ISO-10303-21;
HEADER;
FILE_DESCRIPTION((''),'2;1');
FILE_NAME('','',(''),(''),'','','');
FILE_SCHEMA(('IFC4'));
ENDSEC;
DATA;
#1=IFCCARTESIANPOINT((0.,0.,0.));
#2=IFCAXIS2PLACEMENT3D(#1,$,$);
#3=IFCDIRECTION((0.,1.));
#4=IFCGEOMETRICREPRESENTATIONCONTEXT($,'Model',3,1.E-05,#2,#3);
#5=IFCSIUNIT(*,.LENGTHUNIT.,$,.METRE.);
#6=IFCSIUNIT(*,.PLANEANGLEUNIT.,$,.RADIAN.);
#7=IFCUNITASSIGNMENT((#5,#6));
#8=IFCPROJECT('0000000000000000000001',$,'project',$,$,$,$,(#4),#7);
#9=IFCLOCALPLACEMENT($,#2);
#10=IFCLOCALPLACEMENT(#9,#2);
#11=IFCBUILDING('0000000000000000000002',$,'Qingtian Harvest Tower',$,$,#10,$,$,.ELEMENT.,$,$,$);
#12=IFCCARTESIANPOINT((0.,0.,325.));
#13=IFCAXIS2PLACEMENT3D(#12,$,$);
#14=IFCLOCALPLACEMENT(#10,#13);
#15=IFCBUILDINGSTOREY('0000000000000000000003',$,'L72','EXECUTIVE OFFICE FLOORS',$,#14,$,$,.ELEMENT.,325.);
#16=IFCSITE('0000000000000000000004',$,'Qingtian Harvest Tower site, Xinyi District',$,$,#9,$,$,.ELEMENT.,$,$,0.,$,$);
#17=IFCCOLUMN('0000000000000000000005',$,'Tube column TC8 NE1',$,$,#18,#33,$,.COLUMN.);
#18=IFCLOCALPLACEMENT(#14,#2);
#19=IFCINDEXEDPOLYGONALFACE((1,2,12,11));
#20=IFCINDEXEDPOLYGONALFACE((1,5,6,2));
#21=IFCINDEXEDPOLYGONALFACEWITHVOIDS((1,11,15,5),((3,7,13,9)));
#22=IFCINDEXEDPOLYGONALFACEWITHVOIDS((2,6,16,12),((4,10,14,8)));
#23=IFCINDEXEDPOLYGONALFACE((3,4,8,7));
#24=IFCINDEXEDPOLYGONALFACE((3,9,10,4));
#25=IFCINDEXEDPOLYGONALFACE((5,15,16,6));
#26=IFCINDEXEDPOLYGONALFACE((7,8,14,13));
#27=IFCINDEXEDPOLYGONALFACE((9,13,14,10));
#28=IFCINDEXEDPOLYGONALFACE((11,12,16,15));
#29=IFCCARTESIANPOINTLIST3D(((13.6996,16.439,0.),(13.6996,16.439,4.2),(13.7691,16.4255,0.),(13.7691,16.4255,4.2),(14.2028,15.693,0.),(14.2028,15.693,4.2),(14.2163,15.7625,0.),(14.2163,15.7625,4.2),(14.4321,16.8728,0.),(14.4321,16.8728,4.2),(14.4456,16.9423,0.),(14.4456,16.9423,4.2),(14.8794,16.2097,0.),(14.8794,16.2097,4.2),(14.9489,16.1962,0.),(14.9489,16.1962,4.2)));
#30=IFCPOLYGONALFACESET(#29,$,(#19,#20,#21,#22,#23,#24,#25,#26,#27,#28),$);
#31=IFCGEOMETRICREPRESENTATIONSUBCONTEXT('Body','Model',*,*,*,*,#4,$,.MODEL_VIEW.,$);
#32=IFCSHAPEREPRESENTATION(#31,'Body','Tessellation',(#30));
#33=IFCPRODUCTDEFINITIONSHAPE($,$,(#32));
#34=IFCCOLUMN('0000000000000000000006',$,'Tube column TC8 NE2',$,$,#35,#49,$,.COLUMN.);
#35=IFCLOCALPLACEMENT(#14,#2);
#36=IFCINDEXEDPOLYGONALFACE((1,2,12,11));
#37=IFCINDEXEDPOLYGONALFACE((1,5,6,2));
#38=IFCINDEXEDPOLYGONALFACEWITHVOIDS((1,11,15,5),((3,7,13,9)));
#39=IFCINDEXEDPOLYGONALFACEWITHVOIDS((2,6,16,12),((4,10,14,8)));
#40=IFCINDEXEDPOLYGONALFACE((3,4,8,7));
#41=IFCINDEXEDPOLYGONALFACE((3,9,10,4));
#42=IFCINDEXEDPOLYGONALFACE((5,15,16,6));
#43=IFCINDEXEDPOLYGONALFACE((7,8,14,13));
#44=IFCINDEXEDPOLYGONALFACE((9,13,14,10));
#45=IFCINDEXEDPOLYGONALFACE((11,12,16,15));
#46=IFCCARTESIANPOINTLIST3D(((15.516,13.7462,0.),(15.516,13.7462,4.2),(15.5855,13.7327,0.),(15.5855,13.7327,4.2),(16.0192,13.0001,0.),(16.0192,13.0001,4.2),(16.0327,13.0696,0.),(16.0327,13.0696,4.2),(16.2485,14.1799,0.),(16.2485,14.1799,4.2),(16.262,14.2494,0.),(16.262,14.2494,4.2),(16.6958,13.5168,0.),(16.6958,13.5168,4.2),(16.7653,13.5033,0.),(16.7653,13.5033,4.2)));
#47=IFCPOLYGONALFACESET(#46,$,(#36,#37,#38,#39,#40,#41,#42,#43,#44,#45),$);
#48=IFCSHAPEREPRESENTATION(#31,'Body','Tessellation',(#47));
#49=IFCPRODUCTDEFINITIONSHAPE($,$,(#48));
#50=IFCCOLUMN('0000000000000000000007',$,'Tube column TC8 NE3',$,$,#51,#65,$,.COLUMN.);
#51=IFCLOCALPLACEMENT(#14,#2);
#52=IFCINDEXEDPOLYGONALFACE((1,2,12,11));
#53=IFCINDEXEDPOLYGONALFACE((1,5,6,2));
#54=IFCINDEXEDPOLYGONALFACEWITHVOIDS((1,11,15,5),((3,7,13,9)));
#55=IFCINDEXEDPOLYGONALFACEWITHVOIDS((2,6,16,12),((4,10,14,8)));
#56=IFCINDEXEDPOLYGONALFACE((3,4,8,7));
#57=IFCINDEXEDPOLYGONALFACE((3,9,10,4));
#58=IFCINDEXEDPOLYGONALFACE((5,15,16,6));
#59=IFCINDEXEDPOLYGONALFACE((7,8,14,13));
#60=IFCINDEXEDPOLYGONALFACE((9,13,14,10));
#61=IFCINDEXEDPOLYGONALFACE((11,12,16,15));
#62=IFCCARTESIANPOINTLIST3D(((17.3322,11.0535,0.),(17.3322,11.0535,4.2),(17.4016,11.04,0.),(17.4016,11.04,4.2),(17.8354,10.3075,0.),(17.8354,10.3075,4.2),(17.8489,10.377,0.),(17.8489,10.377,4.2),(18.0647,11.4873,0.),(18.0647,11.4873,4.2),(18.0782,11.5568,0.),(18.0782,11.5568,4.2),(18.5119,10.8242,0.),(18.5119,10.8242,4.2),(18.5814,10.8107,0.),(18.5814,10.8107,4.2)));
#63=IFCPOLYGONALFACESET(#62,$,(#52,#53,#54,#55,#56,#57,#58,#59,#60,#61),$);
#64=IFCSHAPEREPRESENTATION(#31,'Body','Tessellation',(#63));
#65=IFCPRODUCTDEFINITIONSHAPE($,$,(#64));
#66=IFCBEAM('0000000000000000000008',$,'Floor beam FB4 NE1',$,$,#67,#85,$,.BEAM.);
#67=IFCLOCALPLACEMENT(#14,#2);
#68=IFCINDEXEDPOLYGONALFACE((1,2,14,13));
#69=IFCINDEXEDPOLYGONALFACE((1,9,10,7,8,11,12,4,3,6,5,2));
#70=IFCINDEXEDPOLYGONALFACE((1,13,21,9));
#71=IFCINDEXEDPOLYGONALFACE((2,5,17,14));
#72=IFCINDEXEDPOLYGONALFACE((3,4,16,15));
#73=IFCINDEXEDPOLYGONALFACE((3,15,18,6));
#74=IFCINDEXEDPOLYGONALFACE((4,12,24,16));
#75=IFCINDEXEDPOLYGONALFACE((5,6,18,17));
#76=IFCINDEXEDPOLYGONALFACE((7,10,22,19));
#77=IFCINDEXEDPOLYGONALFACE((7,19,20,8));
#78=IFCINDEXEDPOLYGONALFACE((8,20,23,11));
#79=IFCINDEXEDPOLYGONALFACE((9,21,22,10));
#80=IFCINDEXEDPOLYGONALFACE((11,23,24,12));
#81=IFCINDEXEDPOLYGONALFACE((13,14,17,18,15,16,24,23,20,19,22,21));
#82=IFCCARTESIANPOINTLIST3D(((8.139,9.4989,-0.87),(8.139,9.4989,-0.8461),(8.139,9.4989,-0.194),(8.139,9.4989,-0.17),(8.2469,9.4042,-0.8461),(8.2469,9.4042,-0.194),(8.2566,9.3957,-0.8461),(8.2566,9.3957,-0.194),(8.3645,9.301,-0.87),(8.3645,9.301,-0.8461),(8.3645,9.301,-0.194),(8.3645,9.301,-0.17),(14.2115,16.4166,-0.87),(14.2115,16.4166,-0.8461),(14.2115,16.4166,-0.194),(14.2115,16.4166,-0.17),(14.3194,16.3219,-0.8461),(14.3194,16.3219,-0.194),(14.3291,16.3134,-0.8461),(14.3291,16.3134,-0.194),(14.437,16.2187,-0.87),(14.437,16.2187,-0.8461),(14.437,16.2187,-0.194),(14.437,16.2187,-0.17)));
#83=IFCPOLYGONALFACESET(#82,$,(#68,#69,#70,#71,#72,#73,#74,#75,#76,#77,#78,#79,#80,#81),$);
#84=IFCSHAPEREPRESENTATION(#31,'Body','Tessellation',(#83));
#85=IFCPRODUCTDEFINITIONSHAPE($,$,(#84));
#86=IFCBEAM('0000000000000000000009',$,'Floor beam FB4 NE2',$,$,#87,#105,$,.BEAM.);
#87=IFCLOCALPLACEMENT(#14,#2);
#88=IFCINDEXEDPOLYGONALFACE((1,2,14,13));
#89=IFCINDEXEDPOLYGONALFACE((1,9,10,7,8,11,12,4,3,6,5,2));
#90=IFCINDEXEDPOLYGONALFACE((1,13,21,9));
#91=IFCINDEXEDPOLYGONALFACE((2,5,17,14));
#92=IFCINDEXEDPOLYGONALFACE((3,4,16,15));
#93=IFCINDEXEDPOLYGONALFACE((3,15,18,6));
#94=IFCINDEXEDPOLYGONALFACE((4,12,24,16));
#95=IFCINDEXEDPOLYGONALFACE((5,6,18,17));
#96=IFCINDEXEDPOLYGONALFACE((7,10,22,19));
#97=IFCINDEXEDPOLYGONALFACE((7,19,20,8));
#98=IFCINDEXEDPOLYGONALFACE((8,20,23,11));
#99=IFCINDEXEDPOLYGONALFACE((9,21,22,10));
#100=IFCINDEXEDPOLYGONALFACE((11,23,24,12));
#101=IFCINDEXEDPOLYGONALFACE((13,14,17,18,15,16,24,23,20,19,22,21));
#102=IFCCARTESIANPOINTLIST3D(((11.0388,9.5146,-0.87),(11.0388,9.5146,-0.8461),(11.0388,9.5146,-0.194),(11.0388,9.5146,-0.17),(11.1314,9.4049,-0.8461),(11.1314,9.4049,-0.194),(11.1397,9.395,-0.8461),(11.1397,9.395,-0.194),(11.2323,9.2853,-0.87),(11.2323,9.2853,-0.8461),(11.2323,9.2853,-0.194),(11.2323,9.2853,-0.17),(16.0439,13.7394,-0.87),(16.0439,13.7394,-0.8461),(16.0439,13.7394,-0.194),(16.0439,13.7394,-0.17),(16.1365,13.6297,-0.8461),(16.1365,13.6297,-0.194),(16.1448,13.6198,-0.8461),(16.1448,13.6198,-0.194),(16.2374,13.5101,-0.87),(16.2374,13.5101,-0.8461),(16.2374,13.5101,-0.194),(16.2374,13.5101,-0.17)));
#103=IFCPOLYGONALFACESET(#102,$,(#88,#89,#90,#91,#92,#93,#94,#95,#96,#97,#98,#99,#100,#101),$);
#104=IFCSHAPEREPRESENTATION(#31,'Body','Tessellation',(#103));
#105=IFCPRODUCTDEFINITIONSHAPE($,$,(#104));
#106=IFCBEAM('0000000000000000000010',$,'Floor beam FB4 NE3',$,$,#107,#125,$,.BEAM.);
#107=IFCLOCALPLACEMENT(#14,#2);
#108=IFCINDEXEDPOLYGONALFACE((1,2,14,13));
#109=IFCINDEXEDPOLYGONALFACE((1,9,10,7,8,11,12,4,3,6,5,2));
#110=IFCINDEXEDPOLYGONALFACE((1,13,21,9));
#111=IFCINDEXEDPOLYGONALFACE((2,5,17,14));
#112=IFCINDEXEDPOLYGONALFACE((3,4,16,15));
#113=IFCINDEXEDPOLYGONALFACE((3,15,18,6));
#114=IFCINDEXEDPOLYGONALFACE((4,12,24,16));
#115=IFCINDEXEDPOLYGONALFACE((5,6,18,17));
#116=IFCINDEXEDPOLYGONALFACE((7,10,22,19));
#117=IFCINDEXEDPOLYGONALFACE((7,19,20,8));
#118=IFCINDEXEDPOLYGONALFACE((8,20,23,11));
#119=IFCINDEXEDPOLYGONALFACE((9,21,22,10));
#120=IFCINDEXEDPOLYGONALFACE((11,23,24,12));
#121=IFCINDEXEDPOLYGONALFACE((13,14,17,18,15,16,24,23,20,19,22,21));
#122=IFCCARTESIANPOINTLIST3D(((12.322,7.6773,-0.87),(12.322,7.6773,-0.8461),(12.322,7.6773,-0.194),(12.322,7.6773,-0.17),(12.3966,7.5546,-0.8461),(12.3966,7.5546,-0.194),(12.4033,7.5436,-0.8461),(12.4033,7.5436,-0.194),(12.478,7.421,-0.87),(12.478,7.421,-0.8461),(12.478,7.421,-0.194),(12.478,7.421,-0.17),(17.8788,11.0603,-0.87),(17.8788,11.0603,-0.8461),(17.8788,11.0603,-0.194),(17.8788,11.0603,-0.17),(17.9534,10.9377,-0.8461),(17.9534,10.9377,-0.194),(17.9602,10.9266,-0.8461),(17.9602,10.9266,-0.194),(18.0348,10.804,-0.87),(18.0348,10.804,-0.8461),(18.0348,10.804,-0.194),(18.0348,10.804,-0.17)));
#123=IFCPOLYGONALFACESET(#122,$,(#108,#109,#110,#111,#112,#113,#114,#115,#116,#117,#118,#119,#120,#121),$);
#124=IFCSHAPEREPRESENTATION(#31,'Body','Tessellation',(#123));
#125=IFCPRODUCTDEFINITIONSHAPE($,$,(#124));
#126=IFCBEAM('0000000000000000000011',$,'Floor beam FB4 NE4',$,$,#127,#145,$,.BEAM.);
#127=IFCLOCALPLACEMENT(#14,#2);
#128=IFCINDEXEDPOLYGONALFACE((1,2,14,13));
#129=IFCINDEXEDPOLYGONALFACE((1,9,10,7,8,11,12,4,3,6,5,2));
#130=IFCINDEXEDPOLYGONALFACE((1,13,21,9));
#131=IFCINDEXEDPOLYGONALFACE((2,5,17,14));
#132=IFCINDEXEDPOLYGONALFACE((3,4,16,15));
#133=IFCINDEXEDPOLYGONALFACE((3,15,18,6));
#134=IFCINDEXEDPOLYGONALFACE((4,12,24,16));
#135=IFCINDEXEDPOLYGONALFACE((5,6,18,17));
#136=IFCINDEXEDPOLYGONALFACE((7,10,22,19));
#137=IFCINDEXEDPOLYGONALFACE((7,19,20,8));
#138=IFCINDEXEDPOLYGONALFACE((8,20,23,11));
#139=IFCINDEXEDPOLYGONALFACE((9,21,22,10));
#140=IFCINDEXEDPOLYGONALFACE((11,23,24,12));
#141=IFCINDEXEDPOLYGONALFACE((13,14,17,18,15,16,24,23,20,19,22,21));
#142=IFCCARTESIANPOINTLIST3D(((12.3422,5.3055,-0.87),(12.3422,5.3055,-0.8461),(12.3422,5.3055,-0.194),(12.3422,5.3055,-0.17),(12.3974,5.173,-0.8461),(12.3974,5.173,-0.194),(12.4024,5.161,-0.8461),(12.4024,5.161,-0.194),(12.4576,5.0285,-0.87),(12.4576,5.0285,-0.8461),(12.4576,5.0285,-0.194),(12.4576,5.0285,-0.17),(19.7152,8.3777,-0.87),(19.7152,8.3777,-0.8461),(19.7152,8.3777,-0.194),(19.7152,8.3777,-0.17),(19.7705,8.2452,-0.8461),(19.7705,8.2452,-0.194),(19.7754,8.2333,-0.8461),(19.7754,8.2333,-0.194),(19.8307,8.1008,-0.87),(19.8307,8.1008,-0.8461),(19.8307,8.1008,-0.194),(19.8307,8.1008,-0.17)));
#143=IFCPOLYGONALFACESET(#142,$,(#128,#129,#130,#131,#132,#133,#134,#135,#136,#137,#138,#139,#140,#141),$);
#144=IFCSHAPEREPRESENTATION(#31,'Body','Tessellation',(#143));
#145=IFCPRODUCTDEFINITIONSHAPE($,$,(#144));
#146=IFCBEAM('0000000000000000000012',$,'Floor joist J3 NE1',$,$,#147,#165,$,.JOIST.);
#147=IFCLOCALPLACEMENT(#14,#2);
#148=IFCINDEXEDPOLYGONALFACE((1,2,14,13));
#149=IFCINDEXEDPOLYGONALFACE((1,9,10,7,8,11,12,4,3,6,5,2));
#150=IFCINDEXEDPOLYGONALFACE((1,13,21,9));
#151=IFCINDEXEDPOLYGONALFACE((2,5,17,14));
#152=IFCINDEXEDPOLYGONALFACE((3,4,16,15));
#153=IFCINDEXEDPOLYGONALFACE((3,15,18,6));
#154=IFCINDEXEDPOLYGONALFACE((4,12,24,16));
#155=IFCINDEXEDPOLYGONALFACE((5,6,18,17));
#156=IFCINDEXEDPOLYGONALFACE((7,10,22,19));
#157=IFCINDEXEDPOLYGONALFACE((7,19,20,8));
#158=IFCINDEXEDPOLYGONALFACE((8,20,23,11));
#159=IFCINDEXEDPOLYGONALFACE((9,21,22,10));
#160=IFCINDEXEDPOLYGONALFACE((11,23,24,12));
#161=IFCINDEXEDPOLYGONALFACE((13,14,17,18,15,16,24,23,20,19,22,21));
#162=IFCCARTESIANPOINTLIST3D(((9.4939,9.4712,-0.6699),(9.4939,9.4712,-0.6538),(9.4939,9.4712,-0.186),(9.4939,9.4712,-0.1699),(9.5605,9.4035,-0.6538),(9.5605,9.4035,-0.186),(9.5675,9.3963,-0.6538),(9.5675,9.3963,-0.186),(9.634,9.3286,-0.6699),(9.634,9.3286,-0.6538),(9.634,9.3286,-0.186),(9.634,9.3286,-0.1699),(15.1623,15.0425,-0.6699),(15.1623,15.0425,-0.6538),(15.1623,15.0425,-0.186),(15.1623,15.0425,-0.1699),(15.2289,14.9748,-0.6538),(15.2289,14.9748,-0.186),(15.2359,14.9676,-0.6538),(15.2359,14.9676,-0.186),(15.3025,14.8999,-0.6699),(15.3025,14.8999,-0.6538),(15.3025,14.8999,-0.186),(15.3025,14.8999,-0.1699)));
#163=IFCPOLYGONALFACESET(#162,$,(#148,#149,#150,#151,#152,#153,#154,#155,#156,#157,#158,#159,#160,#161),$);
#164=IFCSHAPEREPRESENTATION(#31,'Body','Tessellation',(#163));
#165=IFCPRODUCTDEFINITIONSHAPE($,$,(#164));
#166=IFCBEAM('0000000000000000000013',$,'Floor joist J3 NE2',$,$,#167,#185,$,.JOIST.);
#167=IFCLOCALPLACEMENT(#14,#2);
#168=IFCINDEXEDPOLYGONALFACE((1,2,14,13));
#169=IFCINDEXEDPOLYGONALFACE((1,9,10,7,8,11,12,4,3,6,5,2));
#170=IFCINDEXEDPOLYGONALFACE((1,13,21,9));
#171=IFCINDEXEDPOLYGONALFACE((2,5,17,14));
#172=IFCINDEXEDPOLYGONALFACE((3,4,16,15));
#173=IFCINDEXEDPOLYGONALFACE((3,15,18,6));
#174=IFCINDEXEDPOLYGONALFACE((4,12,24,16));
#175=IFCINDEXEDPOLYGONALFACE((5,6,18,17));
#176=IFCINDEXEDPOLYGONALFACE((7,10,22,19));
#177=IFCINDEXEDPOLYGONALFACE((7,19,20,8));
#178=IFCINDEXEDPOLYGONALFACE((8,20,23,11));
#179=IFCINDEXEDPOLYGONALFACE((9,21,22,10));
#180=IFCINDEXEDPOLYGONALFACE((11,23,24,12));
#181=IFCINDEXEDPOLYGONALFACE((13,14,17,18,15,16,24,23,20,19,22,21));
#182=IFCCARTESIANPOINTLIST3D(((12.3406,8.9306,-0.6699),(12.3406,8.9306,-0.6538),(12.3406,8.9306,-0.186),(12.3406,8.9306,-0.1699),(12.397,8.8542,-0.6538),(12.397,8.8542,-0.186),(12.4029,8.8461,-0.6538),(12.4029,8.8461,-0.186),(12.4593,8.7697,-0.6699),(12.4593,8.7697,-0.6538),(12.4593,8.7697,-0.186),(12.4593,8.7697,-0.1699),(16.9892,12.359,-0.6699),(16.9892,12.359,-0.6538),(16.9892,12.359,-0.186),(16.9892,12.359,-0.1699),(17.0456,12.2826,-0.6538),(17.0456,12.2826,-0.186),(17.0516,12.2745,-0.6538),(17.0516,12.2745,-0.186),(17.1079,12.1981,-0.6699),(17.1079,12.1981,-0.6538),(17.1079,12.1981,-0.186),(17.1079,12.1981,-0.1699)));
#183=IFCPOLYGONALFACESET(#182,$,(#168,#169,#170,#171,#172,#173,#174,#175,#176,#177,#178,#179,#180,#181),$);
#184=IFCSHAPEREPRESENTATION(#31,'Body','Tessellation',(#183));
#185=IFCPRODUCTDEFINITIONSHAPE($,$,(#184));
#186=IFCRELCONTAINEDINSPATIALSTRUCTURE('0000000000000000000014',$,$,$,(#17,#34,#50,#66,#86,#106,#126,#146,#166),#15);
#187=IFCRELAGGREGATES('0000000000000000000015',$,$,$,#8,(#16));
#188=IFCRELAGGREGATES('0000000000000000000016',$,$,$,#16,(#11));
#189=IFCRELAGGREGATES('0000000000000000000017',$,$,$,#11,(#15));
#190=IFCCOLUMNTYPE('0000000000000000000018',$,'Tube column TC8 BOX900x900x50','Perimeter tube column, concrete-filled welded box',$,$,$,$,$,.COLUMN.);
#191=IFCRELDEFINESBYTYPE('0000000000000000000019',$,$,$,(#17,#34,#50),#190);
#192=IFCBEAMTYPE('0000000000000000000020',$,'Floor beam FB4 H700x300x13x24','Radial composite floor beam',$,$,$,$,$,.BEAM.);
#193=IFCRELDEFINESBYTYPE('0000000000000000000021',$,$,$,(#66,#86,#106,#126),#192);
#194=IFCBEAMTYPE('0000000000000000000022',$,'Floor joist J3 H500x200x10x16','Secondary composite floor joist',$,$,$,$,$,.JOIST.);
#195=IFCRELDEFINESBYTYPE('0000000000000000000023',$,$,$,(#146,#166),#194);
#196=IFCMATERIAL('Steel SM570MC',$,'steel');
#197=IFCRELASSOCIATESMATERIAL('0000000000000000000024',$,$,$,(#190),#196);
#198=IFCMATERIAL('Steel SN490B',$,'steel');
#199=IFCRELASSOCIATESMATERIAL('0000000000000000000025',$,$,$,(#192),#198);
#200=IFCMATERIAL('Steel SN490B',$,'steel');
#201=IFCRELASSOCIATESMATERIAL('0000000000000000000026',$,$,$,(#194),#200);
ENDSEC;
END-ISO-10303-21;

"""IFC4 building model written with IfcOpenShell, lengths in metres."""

from ifc_helpers import new_model, si_unit, direction, frame, origin, origin_2d, place, context, subcontext, project, spatial, hollow_rectangle, i_section, extrude, material, material_profile, profile_set, type_object, element, save


model = new_model("IFC4")

# Units and contexts
model_context = context("Model", 3, precision=1e-05, world=origin(), true_north=direction((0.0, 1.0)))
body_context = subcontext(model_context, "Body", "Model", "MODEL_VIEW")
ifc_project = project(units=[si_unit("LENGTHUNIT", "METRE"), si_unit("PLANEANGLEUNIT", "RADIAN")], contexts=[model_context])

# Site, building, storey
site_placement = place(None, origin())
site = spatial("IfcSite", under=ifc_project, at=site_placement, Name="Qingtian Harvest Tower site, Xinyi District", CompositionType="ELEMENT", RefElevation=0.0)
building_placement = place(site_placement, origin())
building = spatial("IfcBuilding", under=site, at=building_placement, Name="Qingtian Harvest Tower", CompositionType="ELEMENT")
storey_placement = place(building_placement, frame((0.0, 0.0, 325.0)))
storey = spatial("IfcBuildingStorey", under=building, at=storey_placement, Name="L72", Description="EXECUTIVE OFFICE FLOORS", CompositionType="ELEMENT", Elevation=325.0)

# Columns
ifc_material_1 = material(Name="Steel SM570MC", Category="steel")
ifc_material_profile_1 = material_profile(ifc_material_1, hollow_rectangle(XDim=0.8999, YDim=0.8999, WallThickness=0.05, at=origin_2d()), Name="BOX900x900x50")
ifc_profile_set_1 = profile_set([ifc_material_profile_1], Name="Steel SM570MC")
column_type = type_object("IfcColumnType", Name="Tube column TC8 BOX900x900x50", Description="Perimeter tube column, concrete-filled welded box", PredefinedType="COLUMN", material=ifc_profile_set_1)
for number, where, z_axis, x_axis, name in (
    (1, (14.3242, 16.3176, 0.0), (0.0, 0.0, 1.0), (-0.559193, 0.829038, 0.0), "Tube column TC8 NE1"),
    (2, (16.1406, 13.6248, 0.0), (0.0, 0.0, 1.0), (-0.559193, 0.829038, 0.0), "Tube column TC8 NE2"),
    (3, (17.9568, 10.9321, 0.0), (0.0, 0.0, 1.0), (-0.559193, 0.829038, 0.0), "Tube column TC8 NE3"),
):
    element("IfcColumn", number, at=place(storey_placement, frame(where, z_axis=z_axis, x_axis=x_axis)), inside=storey, type_object=column_type, Name=name, PredefinedType="COLUMN", context=body_context, shape_type="SweptSolid", body=[
        extrude(hollow_rectangle(XDim=0.8999, YDim=0.8999, WallThickness=0.05, at=origin_2d()), origin(), (0.0, 0.0, 1.0), 4.2),
    ])

# Beams
ifc_material_2 = material(Name="Steel SN490B", Category="steel")
ifc_material_profile_2 = material_profile(ifc_material_2, i_section(OverallWidth=0.3, OverallDepth=0.7, WebThickness=0.0129, FlangeThickness=0.0239, at=origin_2d()), Name="H700x300x13x24")
ifc_profile_set_2 = profile_set([ifc_material_profile_2], Name="Steel SN490B")
beam_type_1 = type_object("IfcBeamType", Name="Floor beam FB4 H700x300x13x24", Description="Radial composite floor beam", PredefinedType="BEAM", material=ifc_profile_set_2)
beam_1_placement = place(storey_placement, frame((14.3242, 16.3176, -0.52), z_axis=(-0.659704, -0.751526, 0.0), x_axis=(0.751526, -0.659704, 0.0)))
element("IfcBeam", 4, at=beam_1_placement, inside=storey, type_object=beam_type_1, Name="Floor beam FB4 NE1", PredefinedType="BEAM", context=body_context, shape_type="SweptSolid", body=[
    extrude(i_section(OverallWidth=0.3, OverallDepth=0.7, WebThickness=0.0129, FlangeThickness=0.0239, at=origin_2d()), origin(), (0.0, 0.0, 1.0), 9.2048),
])
beam_2_placement = place(storey_placement, frame((16.1406, 13.6248, -0.52), z_axis=(-0.764158, -0.645029, 0.0), x_axis=(0.645029, -0.764158, 0.0)))
element("IfcBeam", 5, at=beam_2_placement, inside=storey, type_object=beam_type_1, Name="Floor beam FB4 NE2", PredefinedType="BEAM", context=body_context, shape_type="SweptSolid", body=[
    extrude(i_section(OverallWidth=0.3, OverallDepth=0.7, WebThickness=0.0129, FlangeThickness=0.0239, at=origin_2d()), origin(), (0.0, 0.0, 1.0), 6.5498),
])
beam_3_placement = place(storey_placement, frame((17.9568, 10.9321, -0.52), z_axis=(-0.854157, -0.520015, 0.0), x_axis=(0.520015, -0.854157, 0.0)))
element("IfcBeam", 6, at=beam_3_placement, inside=storey, type_object=beam_type_1, Name="Floor beam FB4 NE3", PredefinedType="BEAM", context=body_context, shape_type="SweptSolid", body=[
    extrude(i_section(OverallWidth=0.3, OverallDepth=0.7, WebThickness=0.0129, FlangeThickness=0.0239, at=origin_2d()), origin(), (0.0, 0.0, 1.0), 6.5056),
])
beam_4_placement = place(storey_placement, frame((19.7729, 8.2393, -0.52), z_axis=(-0.92307, -0.384633, 0.0), x_axis=(0.384633, -0.92307, 0.0)))
element("IfcBeam", 7, at=beam_4_placement, inside=storey, type_object=beam_type_1, Name="Floor beam FB4 NE4", PredefinedType="BEAM", context=body_context, shape_type="SweptSolid", body=[
    extrude(i_section(OverallWidth=0.3, OverallDepth=0.7, WebThickness=0.0129, FlangeThickness=0.0239, at=origin_2d()), origin(), (0.0, 0.0, 1.0), 7.9875),
])
ifc_material_3 = material(Name="Steel SN490B", Category="steel")
ifc_material_profile_3 = material_profile(ifc_material_3, i_section(OverallWidth=0.2, OverallDepth=0.5, WebThickness=0.01, FlangeThickness=0.0161, at=origin_2d()), Name="H500x200x10x16")
ifc_profile_set_3 = profile_set([ifc_material_profile_3], Name="Steel SN490B")
beam_type_2 = type_object("IfcBeamType", Name="Floor joist J3 H500x200x10x16", Description="Secondary composite floor joist", PredefinedType="JOIST", material=ifc_profile_set_3)
beam_5_placement = place(storey_placement, frame((15.2324, 14.9712, -0.4199), z_axis=(-0.713193, -0.700968, 0.0), x_axis=(0.700968, -0.713193, 0.0)))
element("IfcBeam", 8, at=beam_5_placement, inside=storey, type_object=beam_type_2, Name="Floor joist J3 NE1", PredefinedType="JOIST", context=body_context, shape_type="SweptSolid", body=[
    extrude(i_section(OverallWidth=0.2, OverallDepth=0.5, WebThickness=0.01, FlangeThickness=0.0161, at=origin_2d()), origin(), (0.0, 0.0, 1.0), 7.948),
])
beam_6_placement = place(storey_placement, frame((17.0486, 12.2786, -0.4199), z_axis=(-0.804798, -0.593549, 0.0), x_axis=(0.593549, -0.804798, 0.0)))
element("IfcBeam", 9, at=beam_6_placement, inside=storey, type_object=beam_type_2, Name="Floor joist J3 NE2", PredefinedType="JOIST", context=body_context, shape_type="SweptSolid", body=[
    extrude(i_section(OverallWidth=0.2, OverallDepth=0.5, WebThickness=0.01, FlangeThickness=0.0161, at=origin_2d()), origin(), (0.0, 0.0, 1.0), 5.7761),
])

save(model, "model.ifc")
